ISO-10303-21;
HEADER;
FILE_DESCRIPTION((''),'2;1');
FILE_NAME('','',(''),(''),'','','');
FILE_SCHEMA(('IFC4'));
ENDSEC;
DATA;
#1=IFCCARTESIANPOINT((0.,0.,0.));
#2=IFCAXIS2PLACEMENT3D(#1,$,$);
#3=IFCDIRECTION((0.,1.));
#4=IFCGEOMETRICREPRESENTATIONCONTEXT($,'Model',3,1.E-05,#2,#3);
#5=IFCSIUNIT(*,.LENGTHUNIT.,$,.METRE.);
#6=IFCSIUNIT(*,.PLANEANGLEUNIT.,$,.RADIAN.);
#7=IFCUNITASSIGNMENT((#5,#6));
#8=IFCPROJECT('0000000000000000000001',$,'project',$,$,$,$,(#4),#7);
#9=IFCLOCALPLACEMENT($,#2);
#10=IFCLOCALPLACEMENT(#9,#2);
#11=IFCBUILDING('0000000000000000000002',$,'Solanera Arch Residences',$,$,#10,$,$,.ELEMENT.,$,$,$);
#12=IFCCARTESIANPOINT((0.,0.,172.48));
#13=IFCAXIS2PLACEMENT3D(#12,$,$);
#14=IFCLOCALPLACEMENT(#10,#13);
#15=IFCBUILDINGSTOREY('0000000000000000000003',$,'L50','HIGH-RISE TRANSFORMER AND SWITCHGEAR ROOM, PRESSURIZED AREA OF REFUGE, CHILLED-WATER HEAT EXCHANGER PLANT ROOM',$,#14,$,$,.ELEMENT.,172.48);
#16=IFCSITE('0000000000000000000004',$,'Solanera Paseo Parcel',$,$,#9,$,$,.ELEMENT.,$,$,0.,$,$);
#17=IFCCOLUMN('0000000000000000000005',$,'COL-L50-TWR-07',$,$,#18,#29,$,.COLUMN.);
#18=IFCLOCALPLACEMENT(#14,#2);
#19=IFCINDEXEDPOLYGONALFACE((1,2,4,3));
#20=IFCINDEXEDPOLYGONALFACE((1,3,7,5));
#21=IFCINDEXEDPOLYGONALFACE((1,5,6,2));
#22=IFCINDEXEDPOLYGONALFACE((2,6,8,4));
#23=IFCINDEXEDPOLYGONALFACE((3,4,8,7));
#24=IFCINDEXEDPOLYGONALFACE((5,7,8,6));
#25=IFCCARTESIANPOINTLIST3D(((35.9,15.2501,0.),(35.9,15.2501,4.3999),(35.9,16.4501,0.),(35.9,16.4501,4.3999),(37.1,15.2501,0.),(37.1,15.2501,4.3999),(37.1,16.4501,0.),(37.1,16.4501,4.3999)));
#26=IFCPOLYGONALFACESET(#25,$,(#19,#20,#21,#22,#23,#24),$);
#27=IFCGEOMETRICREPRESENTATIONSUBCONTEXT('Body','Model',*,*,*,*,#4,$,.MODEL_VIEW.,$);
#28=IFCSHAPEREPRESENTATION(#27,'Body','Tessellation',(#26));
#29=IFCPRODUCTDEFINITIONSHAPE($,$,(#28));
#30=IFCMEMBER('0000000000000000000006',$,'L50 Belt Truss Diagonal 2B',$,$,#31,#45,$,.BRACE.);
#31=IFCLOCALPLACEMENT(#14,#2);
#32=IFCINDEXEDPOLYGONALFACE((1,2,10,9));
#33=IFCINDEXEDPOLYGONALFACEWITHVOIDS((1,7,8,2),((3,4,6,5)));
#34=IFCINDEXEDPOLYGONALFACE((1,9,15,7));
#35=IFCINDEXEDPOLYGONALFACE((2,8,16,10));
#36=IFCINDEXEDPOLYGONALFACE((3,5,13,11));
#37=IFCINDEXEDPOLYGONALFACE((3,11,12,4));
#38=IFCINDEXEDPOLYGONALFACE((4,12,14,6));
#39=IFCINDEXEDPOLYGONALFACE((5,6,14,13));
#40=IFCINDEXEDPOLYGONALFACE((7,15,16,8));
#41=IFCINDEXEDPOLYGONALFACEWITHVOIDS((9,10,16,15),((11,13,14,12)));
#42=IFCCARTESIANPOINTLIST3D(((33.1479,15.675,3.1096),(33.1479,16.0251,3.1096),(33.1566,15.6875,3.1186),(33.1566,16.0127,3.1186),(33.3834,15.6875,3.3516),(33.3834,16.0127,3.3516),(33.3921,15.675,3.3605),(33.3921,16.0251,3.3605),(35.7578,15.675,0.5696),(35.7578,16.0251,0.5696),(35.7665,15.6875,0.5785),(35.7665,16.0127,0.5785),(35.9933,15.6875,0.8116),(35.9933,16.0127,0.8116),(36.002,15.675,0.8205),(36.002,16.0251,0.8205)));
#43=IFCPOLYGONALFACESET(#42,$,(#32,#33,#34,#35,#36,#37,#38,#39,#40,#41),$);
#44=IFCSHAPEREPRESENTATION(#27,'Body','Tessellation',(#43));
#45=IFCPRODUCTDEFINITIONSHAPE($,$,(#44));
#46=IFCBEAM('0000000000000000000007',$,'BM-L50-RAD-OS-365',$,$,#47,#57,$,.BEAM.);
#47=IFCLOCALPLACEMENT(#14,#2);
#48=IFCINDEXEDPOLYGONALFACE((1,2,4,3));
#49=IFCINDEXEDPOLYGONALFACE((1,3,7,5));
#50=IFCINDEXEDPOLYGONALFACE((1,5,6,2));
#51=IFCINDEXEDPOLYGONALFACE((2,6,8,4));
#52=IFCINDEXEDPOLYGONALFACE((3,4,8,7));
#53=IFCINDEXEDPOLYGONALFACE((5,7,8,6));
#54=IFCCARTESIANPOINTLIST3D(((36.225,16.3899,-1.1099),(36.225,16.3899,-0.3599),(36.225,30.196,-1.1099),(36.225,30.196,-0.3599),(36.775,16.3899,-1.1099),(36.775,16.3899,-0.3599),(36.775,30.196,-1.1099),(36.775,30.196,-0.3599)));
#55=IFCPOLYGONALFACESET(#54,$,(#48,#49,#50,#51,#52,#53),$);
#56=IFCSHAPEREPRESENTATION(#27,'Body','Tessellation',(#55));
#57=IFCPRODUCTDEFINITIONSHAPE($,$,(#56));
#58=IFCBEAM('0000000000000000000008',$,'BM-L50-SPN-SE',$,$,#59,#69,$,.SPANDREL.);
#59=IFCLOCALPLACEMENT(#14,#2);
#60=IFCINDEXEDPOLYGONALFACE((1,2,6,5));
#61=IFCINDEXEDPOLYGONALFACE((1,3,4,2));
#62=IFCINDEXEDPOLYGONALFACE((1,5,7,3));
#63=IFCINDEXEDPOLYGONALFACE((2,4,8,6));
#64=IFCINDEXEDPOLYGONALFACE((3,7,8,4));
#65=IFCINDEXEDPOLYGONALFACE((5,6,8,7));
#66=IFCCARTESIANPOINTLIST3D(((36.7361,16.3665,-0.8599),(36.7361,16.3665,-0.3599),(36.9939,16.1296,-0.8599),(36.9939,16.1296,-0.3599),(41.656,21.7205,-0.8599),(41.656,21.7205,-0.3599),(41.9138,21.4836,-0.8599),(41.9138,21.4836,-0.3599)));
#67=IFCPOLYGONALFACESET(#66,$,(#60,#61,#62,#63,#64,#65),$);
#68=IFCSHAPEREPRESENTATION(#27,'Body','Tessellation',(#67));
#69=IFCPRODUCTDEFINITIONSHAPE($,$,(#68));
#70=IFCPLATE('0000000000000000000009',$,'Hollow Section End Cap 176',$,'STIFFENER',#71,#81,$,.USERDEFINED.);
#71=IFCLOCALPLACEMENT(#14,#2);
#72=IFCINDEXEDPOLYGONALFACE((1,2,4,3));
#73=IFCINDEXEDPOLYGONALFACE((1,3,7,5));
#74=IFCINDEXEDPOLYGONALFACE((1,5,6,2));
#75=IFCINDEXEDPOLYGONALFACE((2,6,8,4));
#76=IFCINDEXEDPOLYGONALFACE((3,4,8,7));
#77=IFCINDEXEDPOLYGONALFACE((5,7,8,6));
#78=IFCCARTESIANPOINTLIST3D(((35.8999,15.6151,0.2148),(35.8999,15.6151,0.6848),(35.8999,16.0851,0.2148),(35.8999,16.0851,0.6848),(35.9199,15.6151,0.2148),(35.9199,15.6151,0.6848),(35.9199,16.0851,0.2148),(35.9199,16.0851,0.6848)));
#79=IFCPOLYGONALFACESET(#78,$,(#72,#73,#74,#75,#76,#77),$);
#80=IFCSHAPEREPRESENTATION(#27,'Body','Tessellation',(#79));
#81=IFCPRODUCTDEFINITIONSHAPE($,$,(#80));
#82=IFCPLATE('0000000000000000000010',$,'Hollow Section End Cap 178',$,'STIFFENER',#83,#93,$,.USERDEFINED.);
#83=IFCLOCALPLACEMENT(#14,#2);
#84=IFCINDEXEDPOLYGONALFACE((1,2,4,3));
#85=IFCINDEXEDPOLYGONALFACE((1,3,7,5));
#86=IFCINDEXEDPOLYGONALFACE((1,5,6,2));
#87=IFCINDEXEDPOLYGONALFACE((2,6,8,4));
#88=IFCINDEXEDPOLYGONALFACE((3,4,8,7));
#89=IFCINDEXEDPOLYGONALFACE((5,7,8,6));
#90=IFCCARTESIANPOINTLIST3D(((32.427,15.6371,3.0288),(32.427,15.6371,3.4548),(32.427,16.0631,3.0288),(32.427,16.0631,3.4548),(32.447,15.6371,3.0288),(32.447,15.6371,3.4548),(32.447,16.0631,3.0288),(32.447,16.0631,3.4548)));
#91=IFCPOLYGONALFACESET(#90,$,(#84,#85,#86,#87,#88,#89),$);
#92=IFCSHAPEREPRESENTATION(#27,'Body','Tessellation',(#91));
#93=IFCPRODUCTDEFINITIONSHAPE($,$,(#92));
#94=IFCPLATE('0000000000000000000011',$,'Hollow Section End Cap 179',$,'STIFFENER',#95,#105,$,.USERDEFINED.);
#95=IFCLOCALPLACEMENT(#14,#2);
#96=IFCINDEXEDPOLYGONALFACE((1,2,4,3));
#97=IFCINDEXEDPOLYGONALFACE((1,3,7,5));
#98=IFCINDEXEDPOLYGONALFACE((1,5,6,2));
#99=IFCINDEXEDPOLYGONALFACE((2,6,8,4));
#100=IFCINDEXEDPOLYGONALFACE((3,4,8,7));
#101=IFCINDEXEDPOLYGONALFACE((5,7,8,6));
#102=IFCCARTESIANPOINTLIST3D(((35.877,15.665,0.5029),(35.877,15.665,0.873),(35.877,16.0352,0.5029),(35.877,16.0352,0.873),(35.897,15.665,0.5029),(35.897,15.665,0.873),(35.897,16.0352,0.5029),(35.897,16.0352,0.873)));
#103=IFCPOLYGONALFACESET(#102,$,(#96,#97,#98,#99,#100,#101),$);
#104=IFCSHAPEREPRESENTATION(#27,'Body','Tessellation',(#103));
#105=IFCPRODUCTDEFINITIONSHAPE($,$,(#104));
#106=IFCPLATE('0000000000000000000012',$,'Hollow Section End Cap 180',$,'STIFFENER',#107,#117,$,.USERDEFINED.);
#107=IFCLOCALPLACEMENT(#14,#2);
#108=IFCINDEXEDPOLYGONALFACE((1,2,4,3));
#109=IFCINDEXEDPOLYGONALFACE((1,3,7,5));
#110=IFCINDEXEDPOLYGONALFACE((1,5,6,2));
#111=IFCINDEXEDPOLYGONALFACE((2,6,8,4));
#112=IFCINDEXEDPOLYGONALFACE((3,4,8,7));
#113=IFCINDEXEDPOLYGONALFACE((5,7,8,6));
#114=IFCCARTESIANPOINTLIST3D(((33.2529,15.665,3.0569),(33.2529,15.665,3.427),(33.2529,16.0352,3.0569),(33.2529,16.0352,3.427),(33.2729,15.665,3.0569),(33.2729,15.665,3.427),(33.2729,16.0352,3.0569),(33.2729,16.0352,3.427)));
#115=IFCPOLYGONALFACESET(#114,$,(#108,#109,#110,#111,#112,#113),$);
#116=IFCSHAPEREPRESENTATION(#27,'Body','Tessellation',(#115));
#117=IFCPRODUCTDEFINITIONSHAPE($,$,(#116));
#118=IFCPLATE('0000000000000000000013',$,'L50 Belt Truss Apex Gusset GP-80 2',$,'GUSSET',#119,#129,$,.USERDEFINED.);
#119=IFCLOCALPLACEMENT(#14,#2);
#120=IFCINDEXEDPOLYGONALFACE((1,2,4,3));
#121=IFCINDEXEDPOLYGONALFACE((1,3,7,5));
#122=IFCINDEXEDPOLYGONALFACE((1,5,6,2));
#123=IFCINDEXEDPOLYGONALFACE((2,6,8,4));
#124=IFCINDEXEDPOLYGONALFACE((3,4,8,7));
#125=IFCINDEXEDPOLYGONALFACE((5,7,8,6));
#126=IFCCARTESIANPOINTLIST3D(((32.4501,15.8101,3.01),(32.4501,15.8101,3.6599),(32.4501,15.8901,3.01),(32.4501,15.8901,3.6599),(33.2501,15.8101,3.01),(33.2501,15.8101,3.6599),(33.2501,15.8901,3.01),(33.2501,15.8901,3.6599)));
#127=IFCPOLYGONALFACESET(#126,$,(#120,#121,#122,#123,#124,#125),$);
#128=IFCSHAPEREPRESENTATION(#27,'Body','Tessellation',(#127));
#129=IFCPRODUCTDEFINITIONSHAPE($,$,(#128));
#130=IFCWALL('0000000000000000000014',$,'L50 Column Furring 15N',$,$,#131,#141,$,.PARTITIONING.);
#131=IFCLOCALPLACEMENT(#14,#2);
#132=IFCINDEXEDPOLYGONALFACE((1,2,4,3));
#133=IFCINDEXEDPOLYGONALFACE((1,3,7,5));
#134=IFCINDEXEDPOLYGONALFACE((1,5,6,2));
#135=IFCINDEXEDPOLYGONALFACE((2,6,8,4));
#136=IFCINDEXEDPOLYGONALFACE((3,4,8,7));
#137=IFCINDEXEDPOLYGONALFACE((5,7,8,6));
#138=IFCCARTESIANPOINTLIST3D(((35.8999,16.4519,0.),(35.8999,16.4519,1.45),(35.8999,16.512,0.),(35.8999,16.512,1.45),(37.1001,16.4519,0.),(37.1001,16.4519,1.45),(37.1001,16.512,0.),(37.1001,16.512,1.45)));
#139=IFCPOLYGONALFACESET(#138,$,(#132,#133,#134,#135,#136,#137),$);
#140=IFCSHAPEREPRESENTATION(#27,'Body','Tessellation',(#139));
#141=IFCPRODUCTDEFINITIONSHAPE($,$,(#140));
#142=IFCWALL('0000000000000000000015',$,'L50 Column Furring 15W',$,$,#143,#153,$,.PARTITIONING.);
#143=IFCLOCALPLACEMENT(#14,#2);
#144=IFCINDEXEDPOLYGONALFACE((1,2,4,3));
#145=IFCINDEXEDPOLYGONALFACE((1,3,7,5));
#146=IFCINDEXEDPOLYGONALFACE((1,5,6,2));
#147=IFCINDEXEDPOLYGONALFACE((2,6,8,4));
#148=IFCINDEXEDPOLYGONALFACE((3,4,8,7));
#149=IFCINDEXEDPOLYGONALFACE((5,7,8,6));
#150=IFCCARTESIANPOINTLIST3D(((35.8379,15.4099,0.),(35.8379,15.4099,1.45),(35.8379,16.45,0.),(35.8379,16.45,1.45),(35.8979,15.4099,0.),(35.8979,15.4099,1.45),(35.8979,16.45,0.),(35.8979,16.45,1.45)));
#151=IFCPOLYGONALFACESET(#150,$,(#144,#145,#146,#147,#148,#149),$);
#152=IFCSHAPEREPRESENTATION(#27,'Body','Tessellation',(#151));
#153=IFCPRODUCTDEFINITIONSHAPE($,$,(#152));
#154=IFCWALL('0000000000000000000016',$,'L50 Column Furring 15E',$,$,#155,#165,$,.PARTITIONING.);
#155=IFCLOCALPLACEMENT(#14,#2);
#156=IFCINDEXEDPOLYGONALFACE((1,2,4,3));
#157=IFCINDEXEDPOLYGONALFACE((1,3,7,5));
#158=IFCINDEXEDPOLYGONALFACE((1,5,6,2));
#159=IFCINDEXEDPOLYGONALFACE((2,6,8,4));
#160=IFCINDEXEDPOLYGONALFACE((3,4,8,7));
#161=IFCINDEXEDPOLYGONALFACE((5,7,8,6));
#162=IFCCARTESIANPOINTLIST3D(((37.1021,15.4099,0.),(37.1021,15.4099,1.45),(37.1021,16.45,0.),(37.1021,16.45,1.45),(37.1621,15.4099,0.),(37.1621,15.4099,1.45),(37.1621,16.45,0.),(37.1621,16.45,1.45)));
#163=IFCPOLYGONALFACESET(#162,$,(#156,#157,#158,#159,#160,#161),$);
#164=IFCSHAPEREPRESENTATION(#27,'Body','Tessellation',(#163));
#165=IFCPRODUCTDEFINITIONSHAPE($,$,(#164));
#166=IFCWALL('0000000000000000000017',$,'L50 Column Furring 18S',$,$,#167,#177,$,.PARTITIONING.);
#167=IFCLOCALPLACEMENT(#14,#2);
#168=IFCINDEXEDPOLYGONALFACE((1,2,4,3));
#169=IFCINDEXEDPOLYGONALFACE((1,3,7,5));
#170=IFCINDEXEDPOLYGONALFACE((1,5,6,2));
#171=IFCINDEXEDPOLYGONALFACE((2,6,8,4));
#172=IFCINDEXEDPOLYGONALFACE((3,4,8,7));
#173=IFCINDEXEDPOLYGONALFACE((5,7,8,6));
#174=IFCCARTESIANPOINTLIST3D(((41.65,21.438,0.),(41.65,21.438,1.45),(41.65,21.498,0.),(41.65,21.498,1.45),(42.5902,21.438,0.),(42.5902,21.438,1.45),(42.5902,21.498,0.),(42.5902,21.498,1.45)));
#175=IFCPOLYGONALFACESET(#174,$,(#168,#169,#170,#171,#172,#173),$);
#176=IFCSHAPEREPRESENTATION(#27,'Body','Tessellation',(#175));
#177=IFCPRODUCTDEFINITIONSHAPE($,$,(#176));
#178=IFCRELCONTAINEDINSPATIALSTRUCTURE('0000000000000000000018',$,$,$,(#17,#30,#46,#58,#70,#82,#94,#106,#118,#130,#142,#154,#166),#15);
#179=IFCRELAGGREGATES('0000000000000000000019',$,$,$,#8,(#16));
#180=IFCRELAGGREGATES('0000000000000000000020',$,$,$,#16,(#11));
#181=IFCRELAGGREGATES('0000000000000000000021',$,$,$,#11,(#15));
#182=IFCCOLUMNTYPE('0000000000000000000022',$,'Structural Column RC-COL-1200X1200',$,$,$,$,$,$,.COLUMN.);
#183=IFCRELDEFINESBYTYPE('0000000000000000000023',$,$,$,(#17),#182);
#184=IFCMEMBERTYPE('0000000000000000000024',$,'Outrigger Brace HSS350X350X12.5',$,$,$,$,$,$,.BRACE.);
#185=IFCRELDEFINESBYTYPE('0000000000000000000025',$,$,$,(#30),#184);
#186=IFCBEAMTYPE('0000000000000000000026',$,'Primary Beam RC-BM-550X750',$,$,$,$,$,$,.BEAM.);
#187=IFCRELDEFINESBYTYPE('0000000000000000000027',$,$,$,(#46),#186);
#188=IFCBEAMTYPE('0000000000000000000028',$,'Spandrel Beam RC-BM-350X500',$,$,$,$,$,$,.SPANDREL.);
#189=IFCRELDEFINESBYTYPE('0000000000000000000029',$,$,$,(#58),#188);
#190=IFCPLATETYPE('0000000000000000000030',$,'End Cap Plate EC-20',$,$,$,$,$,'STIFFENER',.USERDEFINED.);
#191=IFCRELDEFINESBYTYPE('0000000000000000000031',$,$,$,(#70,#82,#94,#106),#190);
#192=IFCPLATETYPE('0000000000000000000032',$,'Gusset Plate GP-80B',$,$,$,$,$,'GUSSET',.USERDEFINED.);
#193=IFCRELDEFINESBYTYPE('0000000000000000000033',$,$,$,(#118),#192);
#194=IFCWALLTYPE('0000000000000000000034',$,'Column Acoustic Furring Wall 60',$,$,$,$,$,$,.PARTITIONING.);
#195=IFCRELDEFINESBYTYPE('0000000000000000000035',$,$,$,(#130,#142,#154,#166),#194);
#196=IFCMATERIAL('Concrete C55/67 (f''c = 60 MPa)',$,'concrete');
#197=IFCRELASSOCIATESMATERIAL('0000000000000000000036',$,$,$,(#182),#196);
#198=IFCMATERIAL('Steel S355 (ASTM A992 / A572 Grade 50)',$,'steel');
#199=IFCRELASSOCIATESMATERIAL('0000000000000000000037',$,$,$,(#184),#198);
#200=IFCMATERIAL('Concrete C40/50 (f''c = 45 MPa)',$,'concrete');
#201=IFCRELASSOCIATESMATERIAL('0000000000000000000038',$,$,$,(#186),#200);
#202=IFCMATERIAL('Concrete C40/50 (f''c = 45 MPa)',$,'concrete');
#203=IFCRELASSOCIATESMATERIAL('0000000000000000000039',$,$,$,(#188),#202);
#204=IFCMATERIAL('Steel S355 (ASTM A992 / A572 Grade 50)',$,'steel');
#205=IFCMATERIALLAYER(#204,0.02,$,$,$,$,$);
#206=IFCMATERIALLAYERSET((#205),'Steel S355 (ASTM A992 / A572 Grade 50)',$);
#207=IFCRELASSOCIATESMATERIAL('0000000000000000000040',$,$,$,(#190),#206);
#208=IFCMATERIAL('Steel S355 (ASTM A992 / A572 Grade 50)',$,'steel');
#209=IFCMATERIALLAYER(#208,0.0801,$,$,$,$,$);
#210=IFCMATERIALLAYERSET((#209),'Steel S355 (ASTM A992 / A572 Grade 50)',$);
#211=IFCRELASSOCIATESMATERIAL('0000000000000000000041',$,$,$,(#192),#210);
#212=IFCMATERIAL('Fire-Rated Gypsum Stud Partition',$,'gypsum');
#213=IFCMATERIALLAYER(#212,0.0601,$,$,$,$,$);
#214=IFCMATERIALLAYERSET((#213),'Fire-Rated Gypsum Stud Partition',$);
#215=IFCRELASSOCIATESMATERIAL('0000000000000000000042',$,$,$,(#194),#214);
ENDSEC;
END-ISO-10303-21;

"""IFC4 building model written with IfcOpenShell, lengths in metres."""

from ifc_helpers import new_model, si_unit, direction, frame, frame_2d, origin, origin_2d, place, context, subcontext, project, spatial, rectangle, hollow_rectangle, extrude, material, layer, layer_set, material_profile, profile_set, type_object, element, save


model = new_model("IFC4")

# Units and contexts
model_context = context("Model", 3, precision=1e-05, world=origin(), true_north=direction((0.0, 1.0)))
body_context = subcontext(model_context, "Body", "Model", "MODEL_VIEW")
ifc_project = project(units=[si_unit("LENGTHUNIT", "METRE"), si_unit("PLANEANGLEUNIT", "RADIAN")], contexts=[model_context])

# Site, building, storey
site_placement = place(None, origin())
site = spatial("IfcSite", under=ifc_project, at=site_placement, Name="Solanera Paseo Parcel", CompositionType="ELEMENT", RefElevation=0.0)
building_placement = place(site_placement, origin())
building = spatial("IfcBuilding", under=site, at=building_placement, Name="Solanera Arch Residences", CompositionType="ELEMENT")
storey_placement = place(building_placement, frame((0.0, 0.0, 172.48)))
storey = spatial("IfcBuildingStorey", under=building, at=storey_placement, Name="L50", Description="HIGH-RISE TRANSFORMER AND SWITCHGEAR ROOM, PRESSURIZED AREA OF REFUGE, CHILLED-WATER HEAT EXCHANGER PLANT ROOM", CompositionType="ELEMENT", Elevation=172.48)

# Column
ifc_material_1 = material(Name="Concrete C55/67 (f'c = 60 MPa)", Category="concrete")
ifc_material_profile_1 = material_profile(ifc_material_1, rectangle(XDim=1.2, YDim=1.2, at=origin_2d()))
ifc_profile_set_1 = profile_set([ifc_material_profile_1], Name="Concrete C55/67 (f'c = 60 MPa)")
column_type = type_object("IfcColumnType", Name="Structural Column RC-COL-1200X1200", PredefinedType="COLUMN", material=ifc_profile_set_1)
column_placement = place(storey_placement, frame((36.5, 15.8501, 0.0), z_axis=(0.0, 0.0, 1.0), x_axis=(1.0, 0.0, 0.0)))
element("IfcColumn", 1, at=column_placement, inside=storey, type_object=column_type, Name="COL-L50-TWR-07", PredefinedType="COLUMN", context=body_context, shape_type="SweptSolid", body=[
    extrude(rectangle(XDim=1.2, YDim=1.2, at=origin_2d()), origin(), (0.0, 0.0, 1.0), 4.3999),
])

# Member
ifc_material_2 = material(Name="Steel S355 (ASTM A992 / A572 Grade 50)", Category="steel")
ifc_material_profile_2 = material_profile(ifc_material_2, hollow_rectangle(XDim=0.3501, YDim=0.3501, WallThickness=0.0125, at=origin_2d()))
ifc_profile_set_2 = profile_set([ifc_material_profile_2], Name="Steel S355 (ASTM A992 / A572 Grade 50)")
member_type = type_object("IfcMemberType", Name="Outrigger Brace HSS350X350X12.5", PredefinedType="BRACE", material=ifc_profile_set_2)
member_placement = place(storey_placement, frame((35.8799, 15.8501, 0.6951), z_axis=(-0.716628, 0.0, 0.697455), x_axis=(0.0, -1.0, 0.0)))
element("IfcMember", 2, at=member_placement, inside=storey, type_object=member_type, Name="L50 Belt Truss Diagonal 2B", PredefinedType="BRACE", context=body_context, shape_type="SweptSolid", body=[
    extrude(hollow_rectangle(XDim=0.3501, YDim=0.3501, WallThickness=0.0125, at=origin_2d()), origin(), (0.0, 0.0, 1.0), 3.6418),
])

# Beams
ifc_material_3 = material(Name="Concrete C40/50 (f'c = 45 MPa)", Category="concrete")
ifc_material_profile_3 = material_profile(ifc_material_3, rectangle(XDim=0.55, YDim=0.75, at=origin_2d()))
ifc_profile_set_3 = profile_set([ifc_material_profile_3], Name="Concrete C40/50 (f'c = 45 MPa)")
beam_type_1 = type_object("IfcBeamType", Name="Primary Beam RC-BM-550X750", PredefinedType="BEAM", material=ifc_profile_set_3)
beam_1_placement = place(storey_placement, frame((36.5, 16.3899, -0.7349), z_axis=(0.0, 1.0, 0.0), x_axis=(-1.0, 0.0, 0.0)))
element("IfcBeam", 3, at=beam_1_placement, inside=storey, type_object=beam_type_1, Name="BM-L50-RAD-OS-365", PredefinedType="BEAM", context=body_context, shape_type="SweptSolid", body=[
    extrude(rectangle(XDim=0.55, YDim=0.75, at=origin_2d()), origin(), (0.0, 0.0, 1.0), 13.8062),
])
ifc_material_4 = material(Name="Concrete C40/50 (f'c = 45 MPa)", Category="concrete")
ifc_material_profile_4 = material_profile(ifc_material_4, rectangle(XDim=0.3501, YDim=0.5, at=origin_2d()))
ifc_profile_set_4 = profile_set([ifc_material_profile_4], Name="Concrete C40/50 (f'c = 45 MPa)")
beam_type_2 = type_object("IfcBeamType", Name="Spandrel Beam RC-BM-350X500", PredefinedType="SPANDREL", material=ifc_profile_set_4)
beam_2_placement = place(storey_placement, frame((36.865, 16.248, -0.6099), z_axis=(0.676627, 0.736326, 0.0), x_axis=(-0.736326, 0.676627, 0.0)))
element("IfcBeam", 4, at=beam_2_placement, inside=storey, type_object=beam_type_2, Name="BM-L50-SPN-SE", PredefinedType="SPANDREL", context=body_context, shape_type="SweptSolid", body=[
    extrude(rectangle(XDim=0.3501, YDim=0.5, at=origin_2d()), origin(), (0.0, 0.0, 1.0), 7.2712),
])

# Plates
ifc_material_5 = material(Name="Steel S355 (ASTM A992 / A572 Grade 50)", Category="steel")
ifc_layer_1 = layer(ifc_material_5, 0.02)
ifc_layer_set_1 = layer_set([ifc_layer_1], Name="Steel S355 (ASTM A992 / A572 Grade 50)")
plate_type_1 = type_object("IfcPlateType", Name="End Cap Plate EC-20", ElementType="STIFFENER", PredefinedType="USERDEFINED", material=ifc_layer_set_1)
plate_1_placement = place(storey_placement, frame((35.9099, 15.8501, 0.2148), z_axis=(0.0, 0.0, 1.0), x_axis=(1.0, 0.0, 0.0)))
element("IfcPlate", 5, at=plate_1_placement, inside=storey, type_object=plate_type_1, Name="Hollow Section End Cap 176", ObjectType="STIFFENER", PredefinedType="USERDEFINED", context=body_context, shape_type="SweptSolid", body=[
    extrude(rectangle(XDim=0.02, YDim=0.47, at=origin_2d()), origin(), (0.0, 0.0, 1.0), 0.47),
])
plate_2_placement = place(storey_placement, frame((32.437, 15.8501, 3.0288), z_axis=(0.0, 0.0, 1.0), x_axis=(1.0, 0.0, 0.0)))
element("IfcPlate", 6, at=plate_2_placement, inside=storey, type_object=plate_type_1, Name="Hollow Section End Cap 178", ObjectType="STIFFENER", PredefinedType="USERDEFINED", context=body_context, shape_type="SweptSolid", body=[
    extrude(rectangle(XDim=0.02, YDim=0.426, at=origin_2d()), origin(), (0.0, 0.0, 1.0), 0.426),
])
for number, where, z_axis, x_axis, name in (
    (7, (35.887, 15.8501, 0.5029), (0.0, 0.0, 1.0), (1.0, 0.0, 0.0), "Hollow Section End Cap 179"),
    (8, (33.2629, 15.8501, 3.0569), (0.0, 0.0, 1.0), (-1.0, 0.0, 0.0), "Hollow Section End Cap 180"),
):
    element("IfcPlate", number, at=place(storey_placement, frame(where, z_axis=z_axis, x_axis=x_axis)), inside=storey, type_object=plate_type_1, Name=name, ObjectType="STIFFENER", PredefinedType="USERDEFINED", context=body_context, shape_type="SweptSolid", body=[
        extrude(rectangle(XDim=0.02, YDim=0.3701, at=origin_2d()), origin(), (0.0, 0.0, 1.0), 0.3701),
    ])
ifc_material_6 = material(Name="Steel S355 (ASTM A992 / A572 Grade 50)", Category="steel")
ifc_layer_2 = layer(ifc_material_6, 0.0801)
ifc_layer_set_2 = layer_set([ifc_layer_2], Name="Steel S355 (ASTM A992 / A572 Grade 50)")
plate_type_2 = type_object("IfcPlateType", Name="Gusset Plate GP-80B", ElementType="GUSSET", PredefinedType="USERDEFINED", material=ifc_layer_set_2)
plate_3_placement = place(storey_placement, frame((32.8501, 15.8501, 3.01), z_axis=(0.0, 0.0, 1.0), x_axis=(1.0, 0.0, 0.0)))
element("IfcPlate", 9, at=plate_3_placement, inside=storey, type_object=plate_type_2, Name="L50 Belt Truss Apex Gusset GP-80 2", ObjectType="GUSSET", PredefinedType="USERDEFINED", context=body_context, shape_type="SweptSolid", body=[
    extrude(rectangle(XDim=0.8, YDim=0.0801, at=origin_2d()), origin(), (0.0, 0.0, 1.0), 0.6499),
])

# Walls
ifc_material_7 = material(Name="Fire-Rated Gypsum Stud Partition", Category="gypsum")
ifc_layer_3 = layer(ifc_material_7, 0.0601)
ifc_layer_set_3 = layer_set([ifc_layer_3], Name="Fire-Rated Gypsum Stud Partition")
wall_type_1 = type_object("IfcWallType", Name="Column Acoustic Furring Wall 60", PredefinedType="PARTITIONING", material=ifc_layer_set_3)
wall_1_placement = place(storey_placement, frame((35.8999, 16.4819, 0.0), z_axis=(0.0, 0.0, 1.0), x_axis=(1.0, 0.0, 0.0)))
element("IfcWall", 10, at=wall_1_placement, inside=storey, type_object=wall_type_1, Name="L50 Column Furring 15N", PredefinedType="PARTITIONING", context=body_context, shape_type="SweptSolid", body=[
    extrude(rectangle(XDim=1.2002, YDim=0.0601, at=frame_2d((0.6001, 0.0))), origin(), (0.0, 0.0, 1.0), 1.45),
])
for number, where, z_axis, x_axis, name in (
    (11, (35.8679, 15.4099, 0.0), (0.0, 0.0, 1.0), (0.0, 1.0, 0.0), "L50 Column Furring 15W"),
    (12, (37.1321, 15.4099, 0.0), (0.0, 0.0, 1.0), (0.0, 1.0, 0.0), "L50 Column Furring 15E"),
):
    element("IfcWall", number, at=place(storey_placement, frame(where, z_axis=z_axis, x_axis=x_axis)), inside=storey, type_object=wall_type_1, Name=name, PredefinedType="PARTITIONING", context=body_context, shape_type="SweptSolid", body=[
        extrude(rectangle(XDim=1.04, YDim=0.0601, at=frame_2d((0.52, 0.0))), origin(), (0.0, 0.0, 1.0), 1.45),
    ])
wall_2_placement = place(storey_placement, frame((41.6499, 21.468, 0.0), z_axis=(0.0, 0.0, 1.0), x_axis=(1.0, 0.0, 0.0)))
element("IfcWall", 13, at=wall_2_placement, inside=storey, type_object=wall_type_1, Name="L50 Column Furring 18S", PredefinedType="PARTITIONING", context=body_context, shape_type="SweptSolid", body=[
    extrude(rectangle(XDim=0.9402, YDim=0.0601, at=frame_2d((0.4702, 0.0))), origin(), (0.0, 0.0, 1.0), 1.45),
])

save(model, "model.ifc")
